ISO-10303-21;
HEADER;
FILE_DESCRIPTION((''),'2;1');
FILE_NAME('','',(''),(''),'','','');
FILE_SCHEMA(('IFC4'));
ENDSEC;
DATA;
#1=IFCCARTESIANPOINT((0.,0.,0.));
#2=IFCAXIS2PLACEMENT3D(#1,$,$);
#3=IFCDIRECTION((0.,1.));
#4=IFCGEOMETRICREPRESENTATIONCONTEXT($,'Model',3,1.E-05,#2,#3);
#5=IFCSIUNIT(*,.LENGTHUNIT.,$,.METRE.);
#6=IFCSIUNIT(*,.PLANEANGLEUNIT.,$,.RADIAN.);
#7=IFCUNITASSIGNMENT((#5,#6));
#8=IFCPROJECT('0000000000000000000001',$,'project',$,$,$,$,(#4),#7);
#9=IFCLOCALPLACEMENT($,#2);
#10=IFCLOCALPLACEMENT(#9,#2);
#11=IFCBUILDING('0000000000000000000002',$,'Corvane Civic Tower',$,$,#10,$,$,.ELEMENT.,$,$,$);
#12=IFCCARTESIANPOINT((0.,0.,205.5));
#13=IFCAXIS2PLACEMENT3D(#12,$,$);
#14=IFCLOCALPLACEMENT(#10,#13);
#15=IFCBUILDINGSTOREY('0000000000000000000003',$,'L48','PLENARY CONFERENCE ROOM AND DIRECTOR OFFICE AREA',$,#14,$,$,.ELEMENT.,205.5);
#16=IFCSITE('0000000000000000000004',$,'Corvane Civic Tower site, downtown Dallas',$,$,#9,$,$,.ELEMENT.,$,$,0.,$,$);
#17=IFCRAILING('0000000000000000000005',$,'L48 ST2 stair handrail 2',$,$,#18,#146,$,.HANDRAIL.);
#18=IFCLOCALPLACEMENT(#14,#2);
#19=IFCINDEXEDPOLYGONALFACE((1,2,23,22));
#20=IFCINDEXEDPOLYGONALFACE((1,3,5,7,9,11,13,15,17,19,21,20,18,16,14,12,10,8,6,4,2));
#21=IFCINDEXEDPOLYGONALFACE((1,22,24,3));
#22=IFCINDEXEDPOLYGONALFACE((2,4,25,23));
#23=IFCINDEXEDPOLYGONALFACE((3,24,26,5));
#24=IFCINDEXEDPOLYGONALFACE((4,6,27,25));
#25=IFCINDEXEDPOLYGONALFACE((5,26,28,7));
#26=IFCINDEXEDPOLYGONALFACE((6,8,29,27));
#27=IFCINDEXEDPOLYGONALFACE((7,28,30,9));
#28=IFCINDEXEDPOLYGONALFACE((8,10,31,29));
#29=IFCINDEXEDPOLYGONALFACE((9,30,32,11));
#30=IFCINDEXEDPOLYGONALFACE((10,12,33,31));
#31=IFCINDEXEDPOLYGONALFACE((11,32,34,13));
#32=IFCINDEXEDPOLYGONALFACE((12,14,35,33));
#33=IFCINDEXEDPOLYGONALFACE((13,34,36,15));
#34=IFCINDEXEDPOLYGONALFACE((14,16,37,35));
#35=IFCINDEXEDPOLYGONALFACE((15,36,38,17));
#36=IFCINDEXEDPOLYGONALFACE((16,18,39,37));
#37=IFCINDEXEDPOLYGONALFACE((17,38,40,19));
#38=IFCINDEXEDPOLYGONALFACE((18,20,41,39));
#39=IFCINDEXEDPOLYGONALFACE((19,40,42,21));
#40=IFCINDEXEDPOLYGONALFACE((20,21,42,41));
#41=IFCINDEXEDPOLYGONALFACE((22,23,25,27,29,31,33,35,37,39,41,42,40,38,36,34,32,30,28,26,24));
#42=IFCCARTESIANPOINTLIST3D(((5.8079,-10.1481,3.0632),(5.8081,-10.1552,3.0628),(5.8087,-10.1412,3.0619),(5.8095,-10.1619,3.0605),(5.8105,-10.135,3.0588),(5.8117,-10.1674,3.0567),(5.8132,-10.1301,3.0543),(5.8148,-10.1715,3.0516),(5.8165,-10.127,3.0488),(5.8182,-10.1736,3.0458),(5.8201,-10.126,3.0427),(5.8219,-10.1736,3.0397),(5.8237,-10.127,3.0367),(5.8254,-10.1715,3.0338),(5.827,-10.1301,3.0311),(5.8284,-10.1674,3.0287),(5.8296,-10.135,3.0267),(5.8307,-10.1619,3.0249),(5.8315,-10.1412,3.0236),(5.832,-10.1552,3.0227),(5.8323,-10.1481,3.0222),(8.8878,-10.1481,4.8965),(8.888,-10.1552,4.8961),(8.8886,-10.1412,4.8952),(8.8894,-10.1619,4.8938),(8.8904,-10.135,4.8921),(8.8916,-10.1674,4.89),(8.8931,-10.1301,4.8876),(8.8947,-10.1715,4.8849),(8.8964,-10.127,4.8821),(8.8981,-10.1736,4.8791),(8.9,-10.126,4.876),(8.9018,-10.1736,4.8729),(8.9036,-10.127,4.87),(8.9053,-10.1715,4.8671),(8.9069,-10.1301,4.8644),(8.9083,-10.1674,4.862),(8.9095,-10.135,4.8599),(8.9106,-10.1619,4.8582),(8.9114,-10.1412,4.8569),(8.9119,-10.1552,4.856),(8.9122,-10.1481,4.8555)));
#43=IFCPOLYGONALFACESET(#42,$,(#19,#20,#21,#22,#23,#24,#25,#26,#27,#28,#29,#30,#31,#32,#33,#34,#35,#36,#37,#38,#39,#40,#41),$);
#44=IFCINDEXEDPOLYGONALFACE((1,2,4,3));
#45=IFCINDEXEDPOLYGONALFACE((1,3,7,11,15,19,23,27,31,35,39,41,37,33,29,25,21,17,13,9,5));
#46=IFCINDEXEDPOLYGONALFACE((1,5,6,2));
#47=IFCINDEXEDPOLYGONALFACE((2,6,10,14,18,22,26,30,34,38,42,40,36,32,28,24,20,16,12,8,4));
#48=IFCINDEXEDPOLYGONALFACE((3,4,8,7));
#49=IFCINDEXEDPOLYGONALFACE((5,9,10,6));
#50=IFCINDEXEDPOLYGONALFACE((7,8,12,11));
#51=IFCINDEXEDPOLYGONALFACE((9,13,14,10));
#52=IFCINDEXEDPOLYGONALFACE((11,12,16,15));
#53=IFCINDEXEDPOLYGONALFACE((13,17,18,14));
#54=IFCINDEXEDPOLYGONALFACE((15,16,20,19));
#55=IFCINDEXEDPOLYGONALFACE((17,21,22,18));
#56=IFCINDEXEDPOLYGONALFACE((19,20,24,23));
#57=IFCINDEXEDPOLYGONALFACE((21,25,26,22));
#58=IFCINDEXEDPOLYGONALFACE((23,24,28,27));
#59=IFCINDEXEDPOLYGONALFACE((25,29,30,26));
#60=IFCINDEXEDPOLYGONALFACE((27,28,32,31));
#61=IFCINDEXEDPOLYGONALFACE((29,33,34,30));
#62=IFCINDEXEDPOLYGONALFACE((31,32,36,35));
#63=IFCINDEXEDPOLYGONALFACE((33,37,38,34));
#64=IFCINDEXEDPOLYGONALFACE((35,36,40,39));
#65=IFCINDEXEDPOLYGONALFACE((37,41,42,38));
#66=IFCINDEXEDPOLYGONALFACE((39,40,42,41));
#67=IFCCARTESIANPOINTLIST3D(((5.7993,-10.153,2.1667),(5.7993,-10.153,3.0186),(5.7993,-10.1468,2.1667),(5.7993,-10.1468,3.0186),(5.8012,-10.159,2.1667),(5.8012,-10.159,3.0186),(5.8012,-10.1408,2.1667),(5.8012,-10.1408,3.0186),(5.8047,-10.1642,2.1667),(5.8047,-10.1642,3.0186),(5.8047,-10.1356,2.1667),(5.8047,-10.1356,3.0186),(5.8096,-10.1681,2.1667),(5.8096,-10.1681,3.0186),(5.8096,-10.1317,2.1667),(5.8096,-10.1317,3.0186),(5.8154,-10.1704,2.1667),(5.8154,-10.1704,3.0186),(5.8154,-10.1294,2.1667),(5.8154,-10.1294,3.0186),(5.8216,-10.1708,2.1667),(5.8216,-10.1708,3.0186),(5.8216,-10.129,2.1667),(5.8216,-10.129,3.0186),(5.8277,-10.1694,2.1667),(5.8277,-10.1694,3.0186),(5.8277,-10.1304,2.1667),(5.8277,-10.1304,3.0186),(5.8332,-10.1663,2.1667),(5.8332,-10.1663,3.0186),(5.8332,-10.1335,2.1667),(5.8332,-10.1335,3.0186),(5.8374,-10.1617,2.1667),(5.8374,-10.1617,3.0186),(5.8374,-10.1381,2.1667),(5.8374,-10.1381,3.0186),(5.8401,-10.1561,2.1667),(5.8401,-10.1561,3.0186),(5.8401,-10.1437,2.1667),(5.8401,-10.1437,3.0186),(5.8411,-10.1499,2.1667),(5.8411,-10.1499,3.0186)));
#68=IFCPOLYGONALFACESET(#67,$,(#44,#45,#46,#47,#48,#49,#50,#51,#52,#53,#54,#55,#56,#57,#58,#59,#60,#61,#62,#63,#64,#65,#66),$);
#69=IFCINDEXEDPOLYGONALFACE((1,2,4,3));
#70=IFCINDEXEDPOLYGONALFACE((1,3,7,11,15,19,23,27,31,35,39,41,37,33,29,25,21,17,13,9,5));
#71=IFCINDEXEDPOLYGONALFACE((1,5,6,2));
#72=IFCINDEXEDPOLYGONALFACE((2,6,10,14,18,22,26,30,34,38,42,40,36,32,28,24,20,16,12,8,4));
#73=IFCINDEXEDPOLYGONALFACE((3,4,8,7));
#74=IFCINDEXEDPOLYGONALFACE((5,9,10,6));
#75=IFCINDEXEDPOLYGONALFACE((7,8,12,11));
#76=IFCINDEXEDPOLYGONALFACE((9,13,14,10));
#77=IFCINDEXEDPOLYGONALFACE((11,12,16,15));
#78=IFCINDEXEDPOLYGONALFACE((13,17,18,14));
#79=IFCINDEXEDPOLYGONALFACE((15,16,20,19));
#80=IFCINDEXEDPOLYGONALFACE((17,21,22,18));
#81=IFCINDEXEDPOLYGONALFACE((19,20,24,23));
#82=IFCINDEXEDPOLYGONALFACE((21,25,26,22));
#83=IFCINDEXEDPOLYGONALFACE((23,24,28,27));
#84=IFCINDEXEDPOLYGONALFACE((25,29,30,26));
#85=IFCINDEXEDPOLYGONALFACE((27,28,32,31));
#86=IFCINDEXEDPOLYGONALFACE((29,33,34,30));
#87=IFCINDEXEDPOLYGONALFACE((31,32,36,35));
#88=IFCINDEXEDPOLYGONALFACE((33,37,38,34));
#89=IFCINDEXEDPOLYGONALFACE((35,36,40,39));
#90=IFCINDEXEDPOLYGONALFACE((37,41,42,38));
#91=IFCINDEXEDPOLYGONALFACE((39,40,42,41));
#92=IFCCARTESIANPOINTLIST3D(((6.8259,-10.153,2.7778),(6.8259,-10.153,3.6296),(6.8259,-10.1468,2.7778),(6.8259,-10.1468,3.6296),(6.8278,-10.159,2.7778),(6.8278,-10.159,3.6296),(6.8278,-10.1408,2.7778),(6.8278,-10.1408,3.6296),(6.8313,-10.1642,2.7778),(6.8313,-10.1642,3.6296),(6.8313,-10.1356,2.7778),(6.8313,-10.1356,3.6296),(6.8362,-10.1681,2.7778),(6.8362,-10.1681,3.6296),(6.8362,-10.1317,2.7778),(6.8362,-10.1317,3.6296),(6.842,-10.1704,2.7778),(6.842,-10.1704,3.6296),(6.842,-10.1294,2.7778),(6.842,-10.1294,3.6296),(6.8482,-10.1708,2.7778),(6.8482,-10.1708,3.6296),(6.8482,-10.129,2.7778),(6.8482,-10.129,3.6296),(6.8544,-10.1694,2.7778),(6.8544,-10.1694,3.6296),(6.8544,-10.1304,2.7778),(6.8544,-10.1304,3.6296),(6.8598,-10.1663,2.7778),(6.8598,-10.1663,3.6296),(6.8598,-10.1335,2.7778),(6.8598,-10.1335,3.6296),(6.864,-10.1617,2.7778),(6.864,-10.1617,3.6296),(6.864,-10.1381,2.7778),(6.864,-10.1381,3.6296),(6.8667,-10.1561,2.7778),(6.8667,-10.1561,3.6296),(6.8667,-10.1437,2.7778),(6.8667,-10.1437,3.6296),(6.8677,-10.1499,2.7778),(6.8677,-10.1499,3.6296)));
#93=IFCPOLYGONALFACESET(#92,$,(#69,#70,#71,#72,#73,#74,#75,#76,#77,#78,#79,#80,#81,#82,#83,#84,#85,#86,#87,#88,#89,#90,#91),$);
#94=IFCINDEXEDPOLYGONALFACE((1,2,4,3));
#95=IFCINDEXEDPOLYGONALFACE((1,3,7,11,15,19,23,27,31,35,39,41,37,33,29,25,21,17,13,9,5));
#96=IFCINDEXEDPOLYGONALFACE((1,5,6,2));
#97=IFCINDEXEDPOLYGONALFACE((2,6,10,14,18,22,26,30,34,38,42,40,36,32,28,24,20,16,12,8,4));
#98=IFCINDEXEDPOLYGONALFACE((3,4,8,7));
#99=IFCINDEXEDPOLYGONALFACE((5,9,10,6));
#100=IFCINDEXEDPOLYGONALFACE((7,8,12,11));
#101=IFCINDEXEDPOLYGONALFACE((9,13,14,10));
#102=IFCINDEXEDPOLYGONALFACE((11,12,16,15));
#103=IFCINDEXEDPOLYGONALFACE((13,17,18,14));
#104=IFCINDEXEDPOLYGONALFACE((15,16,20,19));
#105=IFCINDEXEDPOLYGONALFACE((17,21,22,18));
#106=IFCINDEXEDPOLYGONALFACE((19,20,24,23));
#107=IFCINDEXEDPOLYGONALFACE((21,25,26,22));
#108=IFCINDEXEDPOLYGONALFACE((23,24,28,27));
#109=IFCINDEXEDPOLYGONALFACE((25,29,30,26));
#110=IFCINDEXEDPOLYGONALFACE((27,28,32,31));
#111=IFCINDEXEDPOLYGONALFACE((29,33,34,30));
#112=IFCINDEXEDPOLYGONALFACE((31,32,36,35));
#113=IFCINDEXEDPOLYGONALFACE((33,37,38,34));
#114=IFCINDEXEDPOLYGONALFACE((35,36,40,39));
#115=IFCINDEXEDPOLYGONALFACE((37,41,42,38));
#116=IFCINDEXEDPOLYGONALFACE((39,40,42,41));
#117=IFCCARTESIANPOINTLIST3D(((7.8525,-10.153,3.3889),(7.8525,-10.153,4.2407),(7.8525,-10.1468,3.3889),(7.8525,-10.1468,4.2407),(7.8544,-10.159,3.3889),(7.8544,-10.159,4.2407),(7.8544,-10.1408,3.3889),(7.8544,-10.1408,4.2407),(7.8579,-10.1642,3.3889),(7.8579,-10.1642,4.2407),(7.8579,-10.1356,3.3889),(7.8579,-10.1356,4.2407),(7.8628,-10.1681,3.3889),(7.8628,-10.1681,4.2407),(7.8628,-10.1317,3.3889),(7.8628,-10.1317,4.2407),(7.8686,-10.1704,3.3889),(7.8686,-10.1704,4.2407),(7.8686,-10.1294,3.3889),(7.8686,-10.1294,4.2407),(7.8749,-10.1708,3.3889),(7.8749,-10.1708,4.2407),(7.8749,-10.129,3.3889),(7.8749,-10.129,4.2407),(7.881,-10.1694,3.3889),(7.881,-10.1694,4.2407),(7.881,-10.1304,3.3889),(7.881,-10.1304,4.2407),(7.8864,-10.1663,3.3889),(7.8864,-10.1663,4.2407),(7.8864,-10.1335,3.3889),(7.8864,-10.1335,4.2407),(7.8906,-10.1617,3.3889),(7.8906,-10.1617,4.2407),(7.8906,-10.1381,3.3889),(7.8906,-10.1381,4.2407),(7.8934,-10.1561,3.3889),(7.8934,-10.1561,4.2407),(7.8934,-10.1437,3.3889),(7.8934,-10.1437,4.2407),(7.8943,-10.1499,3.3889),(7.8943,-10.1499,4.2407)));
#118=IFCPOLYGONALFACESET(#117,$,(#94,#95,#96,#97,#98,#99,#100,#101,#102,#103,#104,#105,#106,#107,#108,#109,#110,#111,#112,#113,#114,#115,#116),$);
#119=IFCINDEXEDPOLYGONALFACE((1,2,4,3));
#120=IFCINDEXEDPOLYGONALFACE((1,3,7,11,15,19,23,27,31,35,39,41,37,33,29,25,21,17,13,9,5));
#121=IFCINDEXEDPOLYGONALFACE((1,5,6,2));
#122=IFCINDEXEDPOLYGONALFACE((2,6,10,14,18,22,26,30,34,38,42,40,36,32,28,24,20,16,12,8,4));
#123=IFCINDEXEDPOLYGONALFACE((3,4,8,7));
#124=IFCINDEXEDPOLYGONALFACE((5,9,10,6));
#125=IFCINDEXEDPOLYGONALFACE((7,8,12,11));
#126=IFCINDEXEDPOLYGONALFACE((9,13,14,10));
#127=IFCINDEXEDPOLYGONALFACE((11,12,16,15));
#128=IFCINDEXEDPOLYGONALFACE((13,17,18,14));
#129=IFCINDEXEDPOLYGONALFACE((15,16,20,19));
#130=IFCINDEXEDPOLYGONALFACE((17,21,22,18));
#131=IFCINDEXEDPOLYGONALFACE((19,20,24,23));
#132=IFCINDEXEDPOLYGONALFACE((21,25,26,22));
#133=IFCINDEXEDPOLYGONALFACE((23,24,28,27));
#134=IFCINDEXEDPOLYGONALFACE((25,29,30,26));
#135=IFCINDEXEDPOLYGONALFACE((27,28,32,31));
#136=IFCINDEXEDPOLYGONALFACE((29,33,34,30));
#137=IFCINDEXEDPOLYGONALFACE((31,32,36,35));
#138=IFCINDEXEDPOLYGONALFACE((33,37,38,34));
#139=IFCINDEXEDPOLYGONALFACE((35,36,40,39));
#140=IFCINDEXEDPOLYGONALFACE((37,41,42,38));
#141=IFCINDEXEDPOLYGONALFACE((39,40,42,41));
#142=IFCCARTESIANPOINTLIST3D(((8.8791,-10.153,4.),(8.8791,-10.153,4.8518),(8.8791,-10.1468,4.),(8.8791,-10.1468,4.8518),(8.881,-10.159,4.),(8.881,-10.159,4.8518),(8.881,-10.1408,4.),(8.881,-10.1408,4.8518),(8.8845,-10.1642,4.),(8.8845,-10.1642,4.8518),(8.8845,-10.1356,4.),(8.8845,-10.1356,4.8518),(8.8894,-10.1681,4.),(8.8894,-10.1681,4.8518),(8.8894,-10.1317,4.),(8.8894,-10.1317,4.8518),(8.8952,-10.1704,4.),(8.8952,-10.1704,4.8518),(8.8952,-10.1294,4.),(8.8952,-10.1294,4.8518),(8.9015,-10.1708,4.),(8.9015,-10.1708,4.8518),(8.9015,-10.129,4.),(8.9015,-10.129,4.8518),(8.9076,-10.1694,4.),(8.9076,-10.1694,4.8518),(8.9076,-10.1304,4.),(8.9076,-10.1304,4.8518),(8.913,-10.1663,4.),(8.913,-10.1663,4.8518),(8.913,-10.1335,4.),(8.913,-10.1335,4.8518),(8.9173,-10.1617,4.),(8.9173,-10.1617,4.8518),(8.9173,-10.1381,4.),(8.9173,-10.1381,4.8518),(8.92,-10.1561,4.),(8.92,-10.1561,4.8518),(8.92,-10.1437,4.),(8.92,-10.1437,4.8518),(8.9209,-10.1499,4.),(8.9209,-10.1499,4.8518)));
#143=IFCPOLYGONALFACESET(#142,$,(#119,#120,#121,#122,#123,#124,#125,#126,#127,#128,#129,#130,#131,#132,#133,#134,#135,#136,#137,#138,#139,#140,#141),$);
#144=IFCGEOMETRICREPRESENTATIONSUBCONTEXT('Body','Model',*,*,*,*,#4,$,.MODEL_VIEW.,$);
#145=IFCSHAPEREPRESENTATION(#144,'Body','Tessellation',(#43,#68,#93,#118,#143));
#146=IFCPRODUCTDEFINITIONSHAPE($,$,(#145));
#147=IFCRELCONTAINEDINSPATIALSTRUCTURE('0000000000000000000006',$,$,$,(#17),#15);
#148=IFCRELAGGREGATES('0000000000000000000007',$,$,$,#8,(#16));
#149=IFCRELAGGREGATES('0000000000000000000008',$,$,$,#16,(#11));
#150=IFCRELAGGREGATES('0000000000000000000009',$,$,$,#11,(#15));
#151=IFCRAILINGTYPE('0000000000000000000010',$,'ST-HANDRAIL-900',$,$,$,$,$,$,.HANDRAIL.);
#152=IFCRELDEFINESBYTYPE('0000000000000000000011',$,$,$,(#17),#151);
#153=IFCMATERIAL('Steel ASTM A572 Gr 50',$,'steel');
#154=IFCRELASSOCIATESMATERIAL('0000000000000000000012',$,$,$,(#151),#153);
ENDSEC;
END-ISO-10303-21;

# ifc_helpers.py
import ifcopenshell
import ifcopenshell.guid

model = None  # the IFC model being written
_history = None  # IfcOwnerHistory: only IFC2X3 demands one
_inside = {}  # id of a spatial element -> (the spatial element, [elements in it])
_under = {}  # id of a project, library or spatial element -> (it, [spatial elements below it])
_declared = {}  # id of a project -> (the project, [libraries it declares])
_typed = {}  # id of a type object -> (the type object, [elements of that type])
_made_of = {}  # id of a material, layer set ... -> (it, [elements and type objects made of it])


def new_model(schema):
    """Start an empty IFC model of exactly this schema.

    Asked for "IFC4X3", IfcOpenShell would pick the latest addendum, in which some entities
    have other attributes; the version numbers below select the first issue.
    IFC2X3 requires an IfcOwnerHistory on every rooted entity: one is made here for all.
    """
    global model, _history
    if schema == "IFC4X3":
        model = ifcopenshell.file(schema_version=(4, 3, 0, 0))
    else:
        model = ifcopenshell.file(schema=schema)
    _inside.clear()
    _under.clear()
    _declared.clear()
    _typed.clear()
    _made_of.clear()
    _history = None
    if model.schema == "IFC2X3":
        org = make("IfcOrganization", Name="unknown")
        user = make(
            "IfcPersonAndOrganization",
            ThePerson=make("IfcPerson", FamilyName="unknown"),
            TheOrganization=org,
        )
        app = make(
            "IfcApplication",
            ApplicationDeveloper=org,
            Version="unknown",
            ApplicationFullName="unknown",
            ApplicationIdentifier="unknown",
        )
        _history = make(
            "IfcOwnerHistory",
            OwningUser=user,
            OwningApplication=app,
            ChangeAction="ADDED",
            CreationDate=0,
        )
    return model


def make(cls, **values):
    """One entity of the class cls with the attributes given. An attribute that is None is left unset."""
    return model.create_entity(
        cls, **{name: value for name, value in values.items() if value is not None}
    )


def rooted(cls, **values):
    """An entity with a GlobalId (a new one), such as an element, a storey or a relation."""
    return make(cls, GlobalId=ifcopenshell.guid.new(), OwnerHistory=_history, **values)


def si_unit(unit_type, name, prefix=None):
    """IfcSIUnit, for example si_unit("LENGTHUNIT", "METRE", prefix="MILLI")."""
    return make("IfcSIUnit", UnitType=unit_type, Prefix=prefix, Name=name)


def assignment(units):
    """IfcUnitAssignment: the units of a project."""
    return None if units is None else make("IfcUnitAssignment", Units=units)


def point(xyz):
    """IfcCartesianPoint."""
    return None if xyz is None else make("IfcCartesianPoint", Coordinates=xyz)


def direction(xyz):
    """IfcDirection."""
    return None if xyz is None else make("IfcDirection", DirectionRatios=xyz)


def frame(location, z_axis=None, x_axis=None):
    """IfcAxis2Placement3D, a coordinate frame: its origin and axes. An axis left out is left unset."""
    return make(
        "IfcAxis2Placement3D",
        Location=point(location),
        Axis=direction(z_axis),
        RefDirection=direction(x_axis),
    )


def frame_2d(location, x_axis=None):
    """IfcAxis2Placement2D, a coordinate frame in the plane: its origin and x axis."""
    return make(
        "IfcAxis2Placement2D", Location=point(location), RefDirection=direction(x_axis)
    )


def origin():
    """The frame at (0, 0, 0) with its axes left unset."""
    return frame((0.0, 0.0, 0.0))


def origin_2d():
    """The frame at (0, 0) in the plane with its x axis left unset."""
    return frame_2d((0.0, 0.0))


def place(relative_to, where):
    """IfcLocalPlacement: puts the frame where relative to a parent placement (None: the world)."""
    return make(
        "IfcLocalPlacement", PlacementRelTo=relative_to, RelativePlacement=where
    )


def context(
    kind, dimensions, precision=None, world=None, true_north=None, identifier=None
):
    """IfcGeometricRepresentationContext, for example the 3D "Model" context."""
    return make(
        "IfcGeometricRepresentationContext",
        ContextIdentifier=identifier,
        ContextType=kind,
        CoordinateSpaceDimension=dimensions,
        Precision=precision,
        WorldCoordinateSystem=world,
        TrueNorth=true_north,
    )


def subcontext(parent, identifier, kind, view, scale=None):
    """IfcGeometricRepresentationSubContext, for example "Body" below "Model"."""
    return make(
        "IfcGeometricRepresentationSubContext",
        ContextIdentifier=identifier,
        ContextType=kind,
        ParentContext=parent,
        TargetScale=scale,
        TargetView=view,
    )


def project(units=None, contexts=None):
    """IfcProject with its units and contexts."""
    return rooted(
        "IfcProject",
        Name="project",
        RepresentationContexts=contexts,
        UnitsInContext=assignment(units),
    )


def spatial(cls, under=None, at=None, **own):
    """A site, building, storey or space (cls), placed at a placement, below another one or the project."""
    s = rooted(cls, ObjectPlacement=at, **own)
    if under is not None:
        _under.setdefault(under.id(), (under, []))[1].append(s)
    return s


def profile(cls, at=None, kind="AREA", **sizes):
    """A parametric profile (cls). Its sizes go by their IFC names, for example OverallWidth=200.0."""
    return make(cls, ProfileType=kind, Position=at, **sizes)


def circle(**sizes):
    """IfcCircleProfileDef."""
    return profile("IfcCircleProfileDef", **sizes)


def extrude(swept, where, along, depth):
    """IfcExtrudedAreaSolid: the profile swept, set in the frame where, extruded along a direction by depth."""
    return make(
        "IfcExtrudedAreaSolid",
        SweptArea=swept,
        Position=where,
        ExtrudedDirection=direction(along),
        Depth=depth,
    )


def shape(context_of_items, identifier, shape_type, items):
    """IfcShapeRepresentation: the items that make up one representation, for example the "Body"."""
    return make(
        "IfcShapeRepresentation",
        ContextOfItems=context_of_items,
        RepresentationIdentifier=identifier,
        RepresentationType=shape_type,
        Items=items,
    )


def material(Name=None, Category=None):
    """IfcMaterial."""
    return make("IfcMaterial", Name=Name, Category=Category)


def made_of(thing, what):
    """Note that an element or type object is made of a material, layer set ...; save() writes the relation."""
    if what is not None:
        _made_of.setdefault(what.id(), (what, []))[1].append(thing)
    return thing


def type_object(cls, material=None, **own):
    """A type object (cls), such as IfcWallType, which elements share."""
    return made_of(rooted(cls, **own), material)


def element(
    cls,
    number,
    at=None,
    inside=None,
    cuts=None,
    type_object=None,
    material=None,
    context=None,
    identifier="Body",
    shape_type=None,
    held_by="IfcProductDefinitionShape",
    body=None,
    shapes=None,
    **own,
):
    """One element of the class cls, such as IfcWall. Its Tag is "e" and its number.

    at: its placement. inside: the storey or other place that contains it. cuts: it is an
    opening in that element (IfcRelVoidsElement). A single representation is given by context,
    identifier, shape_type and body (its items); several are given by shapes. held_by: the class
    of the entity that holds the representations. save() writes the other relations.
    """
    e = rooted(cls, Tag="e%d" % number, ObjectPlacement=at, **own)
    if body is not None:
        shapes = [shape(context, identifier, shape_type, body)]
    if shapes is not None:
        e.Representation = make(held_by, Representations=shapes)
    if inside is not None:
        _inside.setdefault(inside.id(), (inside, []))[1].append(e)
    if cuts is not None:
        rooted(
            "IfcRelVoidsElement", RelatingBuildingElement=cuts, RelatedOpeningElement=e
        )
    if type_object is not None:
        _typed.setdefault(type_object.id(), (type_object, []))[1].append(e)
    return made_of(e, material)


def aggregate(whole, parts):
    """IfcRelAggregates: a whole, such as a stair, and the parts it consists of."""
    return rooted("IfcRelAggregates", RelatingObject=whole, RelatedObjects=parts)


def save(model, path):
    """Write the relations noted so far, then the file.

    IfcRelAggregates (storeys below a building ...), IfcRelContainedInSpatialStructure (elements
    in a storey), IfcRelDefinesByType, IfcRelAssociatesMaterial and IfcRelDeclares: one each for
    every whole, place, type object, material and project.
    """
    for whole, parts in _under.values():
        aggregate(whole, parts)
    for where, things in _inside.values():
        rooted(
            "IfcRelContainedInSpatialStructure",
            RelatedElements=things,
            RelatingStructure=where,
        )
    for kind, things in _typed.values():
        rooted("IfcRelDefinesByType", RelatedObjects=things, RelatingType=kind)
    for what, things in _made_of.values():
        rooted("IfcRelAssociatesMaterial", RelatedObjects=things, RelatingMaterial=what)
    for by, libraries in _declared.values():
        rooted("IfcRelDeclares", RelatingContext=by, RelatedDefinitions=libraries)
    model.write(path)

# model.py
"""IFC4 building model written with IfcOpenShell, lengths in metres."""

from ifc_helpers import new_model, si_unit, direction, frame, origin, origin_2d, place, context, subcontext, project, spatial, circle, extrude, material, type_object, element, save


model = new_model("IFC4")

# Units and contexts
model_context = context("Model", 3, precision=1e-05, world=origin(), true_north=direction((0.0, 1.0)))
body_context = subcontext(model_context, "Body", "Model", "MODEL_VIEW")
ifc_project = project(units=[si_unit("LENGTHUNIT", "METRE"), si_unit("PLANEANGLEUNIT", "RADIAN")], contexts=[model_context])

# Site, building, storey
site_placement = place(None, origin())
site = spatial("IfcSite", under=ifc_project, at=site_placement, Name="Corvane Civic Tower site, downtown Dallas", CompositionType="ELEMENT", RefElevation=0.0)
building_placement = place(site_placement, origin())
building = spatial("IfcBuilding", under=site, at=building_placement, Name="Corvane Civic Tower", CompositionType="ELEMENT")
storey_placement = place(building_placement, frame((0.0, 0.0, 205.5)))
storey = spatial("IfcBuildingStorey", under=building, at=storey_placement, Name="L48", Description="PLENARY CONFERENCE ROOM AND DIRECTOR OFFICE AREA", CompositionType="ELEMENT", Elevation=205.5)

# Railing
ifc_material_1 = material(Name="Steel ASTM A572 Gr 50", Category="steel")
railing_type_1 = type_object("IfcRailingType", Name="ST-HANDRAIL-900", PredefinedType="HANDRAIL", material=ifc_material_1)
railing_1_placement = place(storey_placement, frame((5.8201, -10.1499, 2.1667)))
element("IfcRailing", 1, at=railing_1_placement, inside=storey, type_object=railing_type_1, Name="L48 ST2 stair handrail 2", PredefinedType="HANDRAIL", context=body_context, shape_type="SweptSolid", body=[
    extrude(circle(Radius=0.0239, at=origin_2d()), frame((0.0, 0.0, 0.876), z_axis=(0.859291, 0.0, 0.511487), x_axis=(0.0, 1.0, 0.0)), (0.0, 0.0, 1.0), 3.5842),
    extrude(circle(Radius=0.021, at=origin_2d()), origin(), (0.0, 0.0, 1.0), 0.8518),
    extrude(circle(Radius=0.021, at=origin_2d()), frame((1.0266, 0.0, 0.6111)), (0.0, 0.0, 1.0), 0.8518),
    extrude(circle(Radius=0.021, at=origin_2d()), frame((2.0532, 0.0, 1.2222)), (0.0, 0.0, 1.0), 0.8518),
    extrude(circle(Radius=0.021, at=origin_2d()), frame((3.0798, 0.0, 1.8333)), (0.0, 0.0, 1.0), 0.8518),
])

save(model, "model.ifc")
